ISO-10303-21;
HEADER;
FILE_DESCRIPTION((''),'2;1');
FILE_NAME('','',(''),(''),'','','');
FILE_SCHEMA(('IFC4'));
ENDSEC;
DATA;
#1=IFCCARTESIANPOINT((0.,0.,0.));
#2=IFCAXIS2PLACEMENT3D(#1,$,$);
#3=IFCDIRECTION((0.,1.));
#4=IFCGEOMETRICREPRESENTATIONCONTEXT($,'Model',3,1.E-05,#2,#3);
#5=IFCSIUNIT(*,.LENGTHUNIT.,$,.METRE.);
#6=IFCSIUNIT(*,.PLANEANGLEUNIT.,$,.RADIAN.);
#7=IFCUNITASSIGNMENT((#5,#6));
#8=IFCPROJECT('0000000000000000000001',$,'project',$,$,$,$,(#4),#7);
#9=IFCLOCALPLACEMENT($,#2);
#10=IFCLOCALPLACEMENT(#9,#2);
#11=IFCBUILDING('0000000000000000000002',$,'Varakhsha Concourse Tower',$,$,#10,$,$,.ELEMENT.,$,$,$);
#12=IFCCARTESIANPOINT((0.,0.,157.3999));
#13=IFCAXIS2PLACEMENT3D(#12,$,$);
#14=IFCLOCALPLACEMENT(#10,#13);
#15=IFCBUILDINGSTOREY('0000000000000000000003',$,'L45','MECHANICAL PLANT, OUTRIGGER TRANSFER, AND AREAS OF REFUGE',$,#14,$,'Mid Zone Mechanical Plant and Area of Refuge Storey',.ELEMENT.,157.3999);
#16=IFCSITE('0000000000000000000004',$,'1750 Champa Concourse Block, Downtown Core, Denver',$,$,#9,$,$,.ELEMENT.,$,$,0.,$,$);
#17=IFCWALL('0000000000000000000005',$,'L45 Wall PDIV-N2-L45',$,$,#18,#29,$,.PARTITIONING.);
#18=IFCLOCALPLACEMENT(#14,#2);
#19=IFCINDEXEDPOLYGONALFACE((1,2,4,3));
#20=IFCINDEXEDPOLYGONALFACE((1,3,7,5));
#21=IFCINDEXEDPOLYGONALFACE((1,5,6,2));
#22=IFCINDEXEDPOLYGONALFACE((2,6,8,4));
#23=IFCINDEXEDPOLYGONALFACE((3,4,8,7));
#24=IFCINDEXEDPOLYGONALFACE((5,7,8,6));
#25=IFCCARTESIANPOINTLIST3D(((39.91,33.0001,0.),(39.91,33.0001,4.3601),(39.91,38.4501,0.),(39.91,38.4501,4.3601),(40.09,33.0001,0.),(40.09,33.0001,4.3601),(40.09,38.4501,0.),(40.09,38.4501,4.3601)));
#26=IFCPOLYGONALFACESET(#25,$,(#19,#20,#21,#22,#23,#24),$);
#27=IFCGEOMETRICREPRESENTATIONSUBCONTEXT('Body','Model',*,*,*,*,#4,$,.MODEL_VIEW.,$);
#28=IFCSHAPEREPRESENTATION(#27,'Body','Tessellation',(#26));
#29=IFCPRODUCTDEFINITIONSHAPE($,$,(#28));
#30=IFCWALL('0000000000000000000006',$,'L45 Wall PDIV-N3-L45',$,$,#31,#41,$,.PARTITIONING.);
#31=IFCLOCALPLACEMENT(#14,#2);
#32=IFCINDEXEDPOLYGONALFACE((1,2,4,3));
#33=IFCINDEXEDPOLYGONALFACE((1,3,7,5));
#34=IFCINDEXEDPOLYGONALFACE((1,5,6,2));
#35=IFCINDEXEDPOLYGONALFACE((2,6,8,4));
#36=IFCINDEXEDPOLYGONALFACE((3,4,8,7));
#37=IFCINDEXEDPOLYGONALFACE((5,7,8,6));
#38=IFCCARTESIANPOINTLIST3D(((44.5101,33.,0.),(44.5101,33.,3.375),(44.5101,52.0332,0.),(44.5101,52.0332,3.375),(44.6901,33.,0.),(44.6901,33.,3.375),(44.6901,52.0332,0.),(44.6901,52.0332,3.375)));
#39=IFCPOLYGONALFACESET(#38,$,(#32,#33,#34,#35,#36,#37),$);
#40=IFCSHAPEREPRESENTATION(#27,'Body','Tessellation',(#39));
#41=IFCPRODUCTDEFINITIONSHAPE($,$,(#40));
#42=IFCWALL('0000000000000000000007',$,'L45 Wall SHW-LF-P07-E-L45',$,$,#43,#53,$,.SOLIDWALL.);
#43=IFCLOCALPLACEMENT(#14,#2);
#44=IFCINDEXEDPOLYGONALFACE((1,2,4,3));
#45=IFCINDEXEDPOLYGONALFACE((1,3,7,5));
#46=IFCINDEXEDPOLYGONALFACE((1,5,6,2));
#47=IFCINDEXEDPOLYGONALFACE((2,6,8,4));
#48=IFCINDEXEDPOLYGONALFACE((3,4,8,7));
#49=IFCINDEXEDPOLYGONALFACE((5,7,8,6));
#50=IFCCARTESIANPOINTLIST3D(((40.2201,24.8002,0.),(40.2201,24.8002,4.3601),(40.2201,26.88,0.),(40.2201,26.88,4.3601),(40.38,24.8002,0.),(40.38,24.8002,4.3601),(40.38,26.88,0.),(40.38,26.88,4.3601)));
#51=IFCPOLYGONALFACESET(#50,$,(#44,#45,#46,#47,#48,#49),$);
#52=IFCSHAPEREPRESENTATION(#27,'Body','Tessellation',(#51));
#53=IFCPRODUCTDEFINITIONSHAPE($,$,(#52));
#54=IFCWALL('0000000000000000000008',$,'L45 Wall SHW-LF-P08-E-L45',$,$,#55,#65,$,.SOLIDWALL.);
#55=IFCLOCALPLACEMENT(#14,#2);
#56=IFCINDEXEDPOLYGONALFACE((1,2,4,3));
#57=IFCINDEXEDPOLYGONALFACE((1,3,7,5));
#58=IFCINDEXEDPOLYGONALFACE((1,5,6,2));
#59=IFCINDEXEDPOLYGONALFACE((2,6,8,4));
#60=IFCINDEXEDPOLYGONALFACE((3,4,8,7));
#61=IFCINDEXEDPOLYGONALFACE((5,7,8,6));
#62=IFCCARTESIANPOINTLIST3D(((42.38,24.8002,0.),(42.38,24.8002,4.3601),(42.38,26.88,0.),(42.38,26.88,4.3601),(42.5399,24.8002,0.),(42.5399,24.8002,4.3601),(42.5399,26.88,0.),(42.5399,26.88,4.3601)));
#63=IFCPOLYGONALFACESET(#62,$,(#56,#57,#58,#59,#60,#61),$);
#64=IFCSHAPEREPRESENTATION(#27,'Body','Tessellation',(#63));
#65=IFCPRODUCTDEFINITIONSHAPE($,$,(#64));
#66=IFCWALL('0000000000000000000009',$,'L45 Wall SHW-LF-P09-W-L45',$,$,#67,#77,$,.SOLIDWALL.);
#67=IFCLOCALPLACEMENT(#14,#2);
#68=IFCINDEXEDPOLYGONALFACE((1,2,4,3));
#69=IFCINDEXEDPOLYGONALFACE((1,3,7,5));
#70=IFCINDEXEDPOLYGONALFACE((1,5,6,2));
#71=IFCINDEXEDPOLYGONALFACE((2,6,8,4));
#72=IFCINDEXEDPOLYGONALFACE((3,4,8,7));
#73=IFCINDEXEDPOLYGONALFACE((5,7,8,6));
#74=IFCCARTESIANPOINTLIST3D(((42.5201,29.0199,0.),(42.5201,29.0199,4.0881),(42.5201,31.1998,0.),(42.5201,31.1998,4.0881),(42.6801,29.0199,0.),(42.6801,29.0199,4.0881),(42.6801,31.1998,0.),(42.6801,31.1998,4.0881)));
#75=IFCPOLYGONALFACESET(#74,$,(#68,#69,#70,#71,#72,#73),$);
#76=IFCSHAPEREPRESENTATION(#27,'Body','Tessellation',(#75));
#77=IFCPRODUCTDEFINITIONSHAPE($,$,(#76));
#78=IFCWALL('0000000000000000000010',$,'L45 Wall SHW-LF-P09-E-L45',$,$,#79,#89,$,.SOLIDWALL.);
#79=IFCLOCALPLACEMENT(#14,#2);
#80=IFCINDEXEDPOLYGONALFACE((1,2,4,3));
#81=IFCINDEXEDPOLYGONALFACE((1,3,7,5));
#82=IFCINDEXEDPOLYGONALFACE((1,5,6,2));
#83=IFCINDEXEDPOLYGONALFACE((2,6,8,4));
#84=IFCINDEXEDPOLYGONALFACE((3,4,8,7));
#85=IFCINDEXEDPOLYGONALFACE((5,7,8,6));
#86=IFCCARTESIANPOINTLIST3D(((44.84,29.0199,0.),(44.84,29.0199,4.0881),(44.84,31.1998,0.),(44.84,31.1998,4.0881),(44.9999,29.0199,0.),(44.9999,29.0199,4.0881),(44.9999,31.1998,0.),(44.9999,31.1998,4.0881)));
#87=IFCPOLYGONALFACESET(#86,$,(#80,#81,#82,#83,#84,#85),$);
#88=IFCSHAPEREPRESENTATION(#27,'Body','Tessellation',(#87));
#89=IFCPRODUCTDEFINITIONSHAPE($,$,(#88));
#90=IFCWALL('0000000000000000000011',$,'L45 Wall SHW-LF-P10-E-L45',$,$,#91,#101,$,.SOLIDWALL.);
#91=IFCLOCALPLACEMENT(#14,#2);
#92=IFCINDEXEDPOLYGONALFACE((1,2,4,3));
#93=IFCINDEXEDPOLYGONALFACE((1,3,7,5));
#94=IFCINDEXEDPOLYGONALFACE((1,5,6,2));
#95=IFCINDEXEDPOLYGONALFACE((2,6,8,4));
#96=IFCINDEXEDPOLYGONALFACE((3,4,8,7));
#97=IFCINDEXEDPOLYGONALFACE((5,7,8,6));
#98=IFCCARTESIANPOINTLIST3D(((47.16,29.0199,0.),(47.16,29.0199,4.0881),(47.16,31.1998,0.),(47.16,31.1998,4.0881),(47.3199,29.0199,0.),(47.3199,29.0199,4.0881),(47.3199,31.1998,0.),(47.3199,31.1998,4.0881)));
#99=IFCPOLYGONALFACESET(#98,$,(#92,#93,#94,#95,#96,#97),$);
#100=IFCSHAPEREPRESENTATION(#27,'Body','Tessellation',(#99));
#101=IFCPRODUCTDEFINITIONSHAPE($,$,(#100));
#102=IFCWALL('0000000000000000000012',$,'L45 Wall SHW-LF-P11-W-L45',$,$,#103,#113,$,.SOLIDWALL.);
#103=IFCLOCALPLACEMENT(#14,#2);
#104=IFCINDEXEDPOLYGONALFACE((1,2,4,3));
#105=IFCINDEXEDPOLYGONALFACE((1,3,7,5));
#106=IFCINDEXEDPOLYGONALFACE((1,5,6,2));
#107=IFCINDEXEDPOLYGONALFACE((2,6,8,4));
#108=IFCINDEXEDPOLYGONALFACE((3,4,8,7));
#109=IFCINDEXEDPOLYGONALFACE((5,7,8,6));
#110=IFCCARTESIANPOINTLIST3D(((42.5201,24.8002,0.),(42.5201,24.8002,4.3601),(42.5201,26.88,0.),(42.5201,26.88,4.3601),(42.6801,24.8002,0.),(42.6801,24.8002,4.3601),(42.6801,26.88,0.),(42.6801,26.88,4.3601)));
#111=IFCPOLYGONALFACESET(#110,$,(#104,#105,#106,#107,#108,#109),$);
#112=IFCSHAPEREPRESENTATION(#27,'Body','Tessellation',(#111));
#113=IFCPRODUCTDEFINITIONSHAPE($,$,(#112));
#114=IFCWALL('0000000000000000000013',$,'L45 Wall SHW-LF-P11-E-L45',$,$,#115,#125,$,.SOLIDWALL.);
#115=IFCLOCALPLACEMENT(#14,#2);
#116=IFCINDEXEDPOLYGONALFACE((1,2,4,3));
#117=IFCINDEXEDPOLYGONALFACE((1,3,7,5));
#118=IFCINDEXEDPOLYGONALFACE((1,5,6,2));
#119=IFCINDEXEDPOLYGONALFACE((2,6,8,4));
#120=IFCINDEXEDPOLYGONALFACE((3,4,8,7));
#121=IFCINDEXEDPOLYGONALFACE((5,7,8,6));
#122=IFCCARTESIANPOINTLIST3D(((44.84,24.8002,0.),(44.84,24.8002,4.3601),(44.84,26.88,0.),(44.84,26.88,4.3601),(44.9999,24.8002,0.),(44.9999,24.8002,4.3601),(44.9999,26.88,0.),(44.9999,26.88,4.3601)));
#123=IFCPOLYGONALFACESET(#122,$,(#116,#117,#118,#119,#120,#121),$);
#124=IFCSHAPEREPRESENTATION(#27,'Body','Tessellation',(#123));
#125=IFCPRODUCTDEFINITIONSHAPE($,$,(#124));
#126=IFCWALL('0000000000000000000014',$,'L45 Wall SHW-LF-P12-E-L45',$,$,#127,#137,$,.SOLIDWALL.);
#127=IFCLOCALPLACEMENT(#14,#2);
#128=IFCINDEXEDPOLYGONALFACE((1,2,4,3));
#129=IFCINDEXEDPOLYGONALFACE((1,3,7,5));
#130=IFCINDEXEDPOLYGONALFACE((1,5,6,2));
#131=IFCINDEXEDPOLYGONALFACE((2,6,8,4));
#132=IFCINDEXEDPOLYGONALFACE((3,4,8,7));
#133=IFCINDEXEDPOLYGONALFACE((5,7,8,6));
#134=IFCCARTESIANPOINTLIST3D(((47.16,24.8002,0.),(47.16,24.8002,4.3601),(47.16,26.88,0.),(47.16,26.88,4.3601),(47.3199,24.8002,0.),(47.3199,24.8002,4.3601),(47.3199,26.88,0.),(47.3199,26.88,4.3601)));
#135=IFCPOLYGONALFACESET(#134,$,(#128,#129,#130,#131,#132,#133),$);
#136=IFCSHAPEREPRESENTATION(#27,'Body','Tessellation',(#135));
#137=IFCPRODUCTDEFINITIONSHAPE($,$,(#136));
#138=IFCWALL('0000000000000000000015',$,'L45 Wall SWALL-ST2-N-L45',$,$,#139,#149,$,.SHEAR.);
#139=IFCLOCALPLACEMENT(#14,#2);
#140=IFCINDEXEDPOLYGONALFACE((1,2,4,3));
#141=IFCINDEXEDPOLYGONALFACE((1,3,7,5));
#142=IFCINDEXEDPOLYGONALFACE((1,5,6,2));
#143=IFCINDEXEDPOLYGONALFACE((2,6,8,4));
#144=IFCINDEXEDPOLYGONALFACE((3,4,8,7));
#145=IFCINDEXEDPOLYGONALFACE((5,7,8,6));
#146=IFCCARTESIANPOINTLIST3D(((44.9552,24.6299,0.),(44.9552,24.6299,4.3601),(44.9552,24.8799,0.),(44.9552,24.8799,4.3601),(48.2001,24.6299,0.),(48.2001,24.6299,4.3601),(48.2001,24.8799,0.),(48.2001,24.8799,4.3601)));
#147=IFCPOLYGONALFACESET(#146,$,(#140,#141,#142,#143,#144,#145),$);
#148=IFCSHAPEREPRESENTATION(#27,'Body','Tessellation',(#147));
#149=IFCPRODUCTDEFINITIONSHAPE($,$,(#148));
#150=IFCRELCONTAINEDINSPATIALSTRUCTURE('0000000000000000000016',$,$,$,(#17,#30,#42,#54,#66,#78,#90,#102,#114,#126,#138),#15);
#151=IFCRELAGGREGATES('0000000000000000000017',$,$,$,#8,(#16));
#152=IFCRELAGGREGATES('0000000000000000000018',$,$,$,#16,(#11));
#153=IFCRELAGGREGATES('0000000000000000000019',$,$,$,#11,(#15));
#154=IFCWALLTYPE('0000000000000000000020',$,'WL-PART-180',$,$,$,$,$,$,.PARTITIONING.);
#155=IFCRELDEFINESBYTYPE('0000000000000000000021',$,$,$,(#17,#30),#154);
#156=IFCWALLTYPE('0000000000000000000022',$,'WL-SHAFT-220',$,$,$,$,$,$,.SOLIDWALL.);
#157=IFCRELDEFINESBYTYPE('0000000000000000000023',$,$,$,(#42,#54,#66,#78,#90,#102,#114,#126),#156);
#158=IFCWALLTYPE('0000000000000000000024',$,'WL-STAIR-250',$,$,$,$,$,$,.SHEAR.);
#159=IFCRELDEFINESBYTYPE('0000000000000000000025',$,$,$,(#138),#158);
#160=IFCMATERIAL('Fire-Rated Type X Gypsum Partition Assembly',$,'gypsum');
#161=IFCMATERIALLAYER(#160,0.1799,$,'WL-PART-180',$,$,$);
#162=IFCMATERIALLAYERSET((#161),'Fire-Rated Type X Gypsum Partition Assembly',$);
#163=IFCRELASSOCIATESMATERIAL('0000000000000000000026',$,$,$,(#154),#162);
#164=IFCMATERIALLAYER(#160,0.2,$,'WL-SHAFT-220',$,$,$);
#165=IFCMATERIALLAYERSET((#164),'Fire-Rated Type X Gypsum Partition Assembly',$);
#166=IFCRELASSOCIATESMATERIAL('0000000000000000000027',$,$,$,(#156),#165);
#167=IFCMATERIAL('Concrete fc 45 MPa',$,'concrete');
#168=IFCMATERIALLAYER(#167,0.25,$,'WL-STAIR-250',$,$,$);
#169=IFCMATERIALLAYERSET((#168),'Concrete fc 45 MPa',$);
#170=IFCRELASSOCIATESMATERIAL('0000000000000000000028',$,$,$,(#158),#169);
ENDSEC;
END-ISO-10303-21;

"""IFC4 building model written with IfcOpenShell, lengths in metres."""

from ifc_helpers import new_model, si_unit, direction, frame, frame_2d, origin, place, context, subcontext, project, spatial, rectangle, extrude, material, layer, layer_set, type_object, element, save


model = new_model("IFC4")

# Units and contexts
model_context = context("Model", 3, precision=1e-05, world=origin(), true_north=direction((0.0, 1.0)))
body_context = subcontext(model_context, "Body", "Model", "MODEL_VIEW")
ifc_project = project(units=[si_unit("LENGTHUNIT", "METRE"), si_unit("PLANEANGLEUNIT", "RADIAN")], contexts=[model_context])

# Site, building, storey
site_placement = place(None, origin())
site = spatial("IfcSite", under=ifc_project, at=site_placement, Name="1750 Champa Concourse Block, Downtown Core, Denver", CompositionType="ELEMENT", RefElevation=0.0)
building_placement = place(site_placement, origin())
building = spatial("IfcBuilding", under=site, at=building_placement, Name="Varakhsha Concourse Tower", CompositionType="ELEMENT")
storey_placement = place(building_placement, frame((0.0, 0.0, 157.3999)))
storey = spatial("IfcBuildingStorey", under=building, at=storey_placement, Name="L45", Description="MECHANICAL PLANT, OUTRIGGER TRANSFER, AND AREAS OF REFUGE", LongName="Mid Zone Mechanical Plant and Area of Refuge Storey", CompositionType="ELEMENT", Elevation=157.3999)

# Shared definitions
ifc_material_1 = material(Name="Fire-Rated Type X Gypsum Partition Assembly", Category="gypsum")
ifc_layer_1 = layer(ifc_material_1, 0.1799, Name="WL-PART-180")
ifc_layer_set_1 = layer_set([ifc_layer_1], Name="Fire-Rated Type X Gypsum Partition Assembly")
wall_type_1 = type_object("IfcWallType", Name="WL-PART-180", PredefinedType="PARTITIONING", material=ifc_layer_set_1)

# Walls
wall_1_placement = place(storey_placement, frame((40.0, 33.0, 0.0), z_axis=(0.0, 0.0, 1.0), x_axis=(0.0, 1.0, 0.0)))
element("IfcWall", 1, at=wall_1_placement, inside=storey, type_object=wall_type_1, Name="L45 Wall PDIV-N2-L45", PredefinedType="PARTITIONING", context=body_context, shape_type="SweptSolid", body=[
    extrude(rectangle(XDim=5.45, YDim=0.1799, at=frame_2d((2.7251, 0.0))), origin(), (0.0, 0.0, 1.0), 4.3601),
])
wall_2_placement = place(storey_placement, frame((44.6001, 33.0, 0.0), z_axis=(0.0, 0.0, 1.0), x_axis=(0.0, 1.0, 0.0)))
element("IfcWall", 2, at=wall_2_placement, inside=storey, type_object=wall_type_1, Name="L45 Wall PDIV-N3-L45", PredefinedType="PARTITIONING", context=body_context, shape_type="SweptSolid", body=[
    extrude(rectangle(XDim=19.0332, YDim=0.1799, at=frame_2d((9.5166, 0.0))), origin(), (0.0, 0.0, 1.0), 3.375),
])
ifc_layer_2 = layer(ifc_material_1, 0.2, Name="WL-SHAFT-220")
ifc_layer_set_2 = layer_set([ifc_layer_2], Name="Fire-Rated Type X Gypsum Partition Assembly")
wall_type_2 = type_object("IfcWallType", Name="WL-SHAFT-220", PredefinedType="SOLIDWALL", material=ifc_layer_set_2)
for number, where, z_axis, x_axis, name in (
    (3, (40.3, 24.8, 0.0), (0.0, 0.0, 1.0), (0.0, 1.0, 0.0), "L45 Wall SHW-LF-P07-E-L45"),
    (4, (42.46, 24.8, 0.0), (0.0, 0.0, 1.0), (0.0, 1.0, 0.0), "L45 Wall SHW-LF-P08-E-L45"),
):
    element("IfcWall", number, at=place(storey_placement, frame(where, z_axis=z_axis, x_axis=x_axis)), inside=storey, type_object=wall_type_2, Name=name, PredefinedType="SOLIDWALL", context=body_context, shape_type="SweptSolid", body=[
        extrude(rectangle(XDim=2.0798, YDim=0.1599, at=frame_2d((1.04, 0.0))), origin(), (0.0, 0.0, 1.0), 4.3601),
    ])
for number, where, z_axis, x_axis, name in (
    (5, (42.6001, 29.02, 0.0), (0.0, 0.0, 1.0), (0.0, 1.0, 0.0), "L45 Wall SHW-LF-P09-W-L45"),
    (6, (44.9199, 29.02, 0.0), (0.0, 0.0, 1.0), (0.0, 1.0, 0.0), "L45 Wall SHW-LF-P09-E-L45"),
    (7, (47.24, 29.02, 0.0), (0.0, 0.0, 1.0), (0.0, 1.0, 0.0), "L45 Wall SHW-LF-P10-E-L45"),
):
    element("IfcWall", number, at=place(storey_placement, frame(where, z_axis=z_axis, x_axis=x_axis)), inside=storey, type_object=wall_type_2, Name=name, PredefinedType="SOLIDWALL", context=body_context, shape_type="SweptSolid", body=[
        extrude(rectangle(XDim=2.1799, YDim=0.1599, at=frame_2d((1.0898, 0.0))), origin(), (0.0, 0.0, 1.0), 4.0881),
    ])
for number, where, z_axis, x_axis, name in (
    (8, (42.6001, 24.8, 0.0), (0.0, 0.0, 1.0), (0.0, 1.0, 0.0), "L45 Wall SHW-LF-P11-W-L45"),
    (9, (44.9199, 24.8, 0.0), (0.0, 0.0, 1.0), (0.0, 1.0, 0.0), "L45 Wall SHW-LF-P11-E-L45"),
    (10, (47.24, 24.8, 0.0), (0.0, 0.0, 1.0), (0.0, 1.0, 0.0), "L45 Wall SHW-LF-P12-E-L45"),
):
    element("IfcWall", number, at=place(storey_placement, frame(where, z_axis=z_axis, x_axis=x_axis)), inside=storey, type_object=wall_type_2, Name=name, PredefinedType="SOLIDWALL", context=body_context, shape_type="SweptSolid", body=[
        extrude(rectangle(XDim=2.0798, YDim=0.1599, at=frame_2d((1.04, 0.0))), origin(), (0.0, 0.0, 1.0), 4.3601),
    ])
ifc_material_2 = material(Name="Concrete fc 45 MPa", Category="concrete")
ifc_layer_3 = layer(ifc_material_2, 0.25, Name="WL-STAIR-250")
ifc_layer_set_3 = layer_set([ifc_layer_3], Name="Concrete fc 45 MPa")
wall_type_3 = type_object("IfcWallType", Name="WL-STAIR-250", PredefinedType="SHEAR", material=ifc_layer_set_3)
wall_3_placement = place(storey_placement, frame((44.9551, 24.7549, 0.0), z_axis=(0.0, 0.0, 1.0), x_axis=(1.0, 0.0, 0.0)))
element("IfcWall", 11, at=wall_3_placement, inside=storey, type_object=wall_type_3, Name="L45 Wall SWALL-ST2-N-L45", PredefinedType="SHEAR", context=body_context, shape_type="SweptSolid", body=[
    extrude(rectangle(XDim=3.2449, YDim=0.25, at=frame_2d((1.6226, 0.0))), origin(), (0.0, 0.0, 1.0), 4.3601),
])

save(model, "model.ifc")
